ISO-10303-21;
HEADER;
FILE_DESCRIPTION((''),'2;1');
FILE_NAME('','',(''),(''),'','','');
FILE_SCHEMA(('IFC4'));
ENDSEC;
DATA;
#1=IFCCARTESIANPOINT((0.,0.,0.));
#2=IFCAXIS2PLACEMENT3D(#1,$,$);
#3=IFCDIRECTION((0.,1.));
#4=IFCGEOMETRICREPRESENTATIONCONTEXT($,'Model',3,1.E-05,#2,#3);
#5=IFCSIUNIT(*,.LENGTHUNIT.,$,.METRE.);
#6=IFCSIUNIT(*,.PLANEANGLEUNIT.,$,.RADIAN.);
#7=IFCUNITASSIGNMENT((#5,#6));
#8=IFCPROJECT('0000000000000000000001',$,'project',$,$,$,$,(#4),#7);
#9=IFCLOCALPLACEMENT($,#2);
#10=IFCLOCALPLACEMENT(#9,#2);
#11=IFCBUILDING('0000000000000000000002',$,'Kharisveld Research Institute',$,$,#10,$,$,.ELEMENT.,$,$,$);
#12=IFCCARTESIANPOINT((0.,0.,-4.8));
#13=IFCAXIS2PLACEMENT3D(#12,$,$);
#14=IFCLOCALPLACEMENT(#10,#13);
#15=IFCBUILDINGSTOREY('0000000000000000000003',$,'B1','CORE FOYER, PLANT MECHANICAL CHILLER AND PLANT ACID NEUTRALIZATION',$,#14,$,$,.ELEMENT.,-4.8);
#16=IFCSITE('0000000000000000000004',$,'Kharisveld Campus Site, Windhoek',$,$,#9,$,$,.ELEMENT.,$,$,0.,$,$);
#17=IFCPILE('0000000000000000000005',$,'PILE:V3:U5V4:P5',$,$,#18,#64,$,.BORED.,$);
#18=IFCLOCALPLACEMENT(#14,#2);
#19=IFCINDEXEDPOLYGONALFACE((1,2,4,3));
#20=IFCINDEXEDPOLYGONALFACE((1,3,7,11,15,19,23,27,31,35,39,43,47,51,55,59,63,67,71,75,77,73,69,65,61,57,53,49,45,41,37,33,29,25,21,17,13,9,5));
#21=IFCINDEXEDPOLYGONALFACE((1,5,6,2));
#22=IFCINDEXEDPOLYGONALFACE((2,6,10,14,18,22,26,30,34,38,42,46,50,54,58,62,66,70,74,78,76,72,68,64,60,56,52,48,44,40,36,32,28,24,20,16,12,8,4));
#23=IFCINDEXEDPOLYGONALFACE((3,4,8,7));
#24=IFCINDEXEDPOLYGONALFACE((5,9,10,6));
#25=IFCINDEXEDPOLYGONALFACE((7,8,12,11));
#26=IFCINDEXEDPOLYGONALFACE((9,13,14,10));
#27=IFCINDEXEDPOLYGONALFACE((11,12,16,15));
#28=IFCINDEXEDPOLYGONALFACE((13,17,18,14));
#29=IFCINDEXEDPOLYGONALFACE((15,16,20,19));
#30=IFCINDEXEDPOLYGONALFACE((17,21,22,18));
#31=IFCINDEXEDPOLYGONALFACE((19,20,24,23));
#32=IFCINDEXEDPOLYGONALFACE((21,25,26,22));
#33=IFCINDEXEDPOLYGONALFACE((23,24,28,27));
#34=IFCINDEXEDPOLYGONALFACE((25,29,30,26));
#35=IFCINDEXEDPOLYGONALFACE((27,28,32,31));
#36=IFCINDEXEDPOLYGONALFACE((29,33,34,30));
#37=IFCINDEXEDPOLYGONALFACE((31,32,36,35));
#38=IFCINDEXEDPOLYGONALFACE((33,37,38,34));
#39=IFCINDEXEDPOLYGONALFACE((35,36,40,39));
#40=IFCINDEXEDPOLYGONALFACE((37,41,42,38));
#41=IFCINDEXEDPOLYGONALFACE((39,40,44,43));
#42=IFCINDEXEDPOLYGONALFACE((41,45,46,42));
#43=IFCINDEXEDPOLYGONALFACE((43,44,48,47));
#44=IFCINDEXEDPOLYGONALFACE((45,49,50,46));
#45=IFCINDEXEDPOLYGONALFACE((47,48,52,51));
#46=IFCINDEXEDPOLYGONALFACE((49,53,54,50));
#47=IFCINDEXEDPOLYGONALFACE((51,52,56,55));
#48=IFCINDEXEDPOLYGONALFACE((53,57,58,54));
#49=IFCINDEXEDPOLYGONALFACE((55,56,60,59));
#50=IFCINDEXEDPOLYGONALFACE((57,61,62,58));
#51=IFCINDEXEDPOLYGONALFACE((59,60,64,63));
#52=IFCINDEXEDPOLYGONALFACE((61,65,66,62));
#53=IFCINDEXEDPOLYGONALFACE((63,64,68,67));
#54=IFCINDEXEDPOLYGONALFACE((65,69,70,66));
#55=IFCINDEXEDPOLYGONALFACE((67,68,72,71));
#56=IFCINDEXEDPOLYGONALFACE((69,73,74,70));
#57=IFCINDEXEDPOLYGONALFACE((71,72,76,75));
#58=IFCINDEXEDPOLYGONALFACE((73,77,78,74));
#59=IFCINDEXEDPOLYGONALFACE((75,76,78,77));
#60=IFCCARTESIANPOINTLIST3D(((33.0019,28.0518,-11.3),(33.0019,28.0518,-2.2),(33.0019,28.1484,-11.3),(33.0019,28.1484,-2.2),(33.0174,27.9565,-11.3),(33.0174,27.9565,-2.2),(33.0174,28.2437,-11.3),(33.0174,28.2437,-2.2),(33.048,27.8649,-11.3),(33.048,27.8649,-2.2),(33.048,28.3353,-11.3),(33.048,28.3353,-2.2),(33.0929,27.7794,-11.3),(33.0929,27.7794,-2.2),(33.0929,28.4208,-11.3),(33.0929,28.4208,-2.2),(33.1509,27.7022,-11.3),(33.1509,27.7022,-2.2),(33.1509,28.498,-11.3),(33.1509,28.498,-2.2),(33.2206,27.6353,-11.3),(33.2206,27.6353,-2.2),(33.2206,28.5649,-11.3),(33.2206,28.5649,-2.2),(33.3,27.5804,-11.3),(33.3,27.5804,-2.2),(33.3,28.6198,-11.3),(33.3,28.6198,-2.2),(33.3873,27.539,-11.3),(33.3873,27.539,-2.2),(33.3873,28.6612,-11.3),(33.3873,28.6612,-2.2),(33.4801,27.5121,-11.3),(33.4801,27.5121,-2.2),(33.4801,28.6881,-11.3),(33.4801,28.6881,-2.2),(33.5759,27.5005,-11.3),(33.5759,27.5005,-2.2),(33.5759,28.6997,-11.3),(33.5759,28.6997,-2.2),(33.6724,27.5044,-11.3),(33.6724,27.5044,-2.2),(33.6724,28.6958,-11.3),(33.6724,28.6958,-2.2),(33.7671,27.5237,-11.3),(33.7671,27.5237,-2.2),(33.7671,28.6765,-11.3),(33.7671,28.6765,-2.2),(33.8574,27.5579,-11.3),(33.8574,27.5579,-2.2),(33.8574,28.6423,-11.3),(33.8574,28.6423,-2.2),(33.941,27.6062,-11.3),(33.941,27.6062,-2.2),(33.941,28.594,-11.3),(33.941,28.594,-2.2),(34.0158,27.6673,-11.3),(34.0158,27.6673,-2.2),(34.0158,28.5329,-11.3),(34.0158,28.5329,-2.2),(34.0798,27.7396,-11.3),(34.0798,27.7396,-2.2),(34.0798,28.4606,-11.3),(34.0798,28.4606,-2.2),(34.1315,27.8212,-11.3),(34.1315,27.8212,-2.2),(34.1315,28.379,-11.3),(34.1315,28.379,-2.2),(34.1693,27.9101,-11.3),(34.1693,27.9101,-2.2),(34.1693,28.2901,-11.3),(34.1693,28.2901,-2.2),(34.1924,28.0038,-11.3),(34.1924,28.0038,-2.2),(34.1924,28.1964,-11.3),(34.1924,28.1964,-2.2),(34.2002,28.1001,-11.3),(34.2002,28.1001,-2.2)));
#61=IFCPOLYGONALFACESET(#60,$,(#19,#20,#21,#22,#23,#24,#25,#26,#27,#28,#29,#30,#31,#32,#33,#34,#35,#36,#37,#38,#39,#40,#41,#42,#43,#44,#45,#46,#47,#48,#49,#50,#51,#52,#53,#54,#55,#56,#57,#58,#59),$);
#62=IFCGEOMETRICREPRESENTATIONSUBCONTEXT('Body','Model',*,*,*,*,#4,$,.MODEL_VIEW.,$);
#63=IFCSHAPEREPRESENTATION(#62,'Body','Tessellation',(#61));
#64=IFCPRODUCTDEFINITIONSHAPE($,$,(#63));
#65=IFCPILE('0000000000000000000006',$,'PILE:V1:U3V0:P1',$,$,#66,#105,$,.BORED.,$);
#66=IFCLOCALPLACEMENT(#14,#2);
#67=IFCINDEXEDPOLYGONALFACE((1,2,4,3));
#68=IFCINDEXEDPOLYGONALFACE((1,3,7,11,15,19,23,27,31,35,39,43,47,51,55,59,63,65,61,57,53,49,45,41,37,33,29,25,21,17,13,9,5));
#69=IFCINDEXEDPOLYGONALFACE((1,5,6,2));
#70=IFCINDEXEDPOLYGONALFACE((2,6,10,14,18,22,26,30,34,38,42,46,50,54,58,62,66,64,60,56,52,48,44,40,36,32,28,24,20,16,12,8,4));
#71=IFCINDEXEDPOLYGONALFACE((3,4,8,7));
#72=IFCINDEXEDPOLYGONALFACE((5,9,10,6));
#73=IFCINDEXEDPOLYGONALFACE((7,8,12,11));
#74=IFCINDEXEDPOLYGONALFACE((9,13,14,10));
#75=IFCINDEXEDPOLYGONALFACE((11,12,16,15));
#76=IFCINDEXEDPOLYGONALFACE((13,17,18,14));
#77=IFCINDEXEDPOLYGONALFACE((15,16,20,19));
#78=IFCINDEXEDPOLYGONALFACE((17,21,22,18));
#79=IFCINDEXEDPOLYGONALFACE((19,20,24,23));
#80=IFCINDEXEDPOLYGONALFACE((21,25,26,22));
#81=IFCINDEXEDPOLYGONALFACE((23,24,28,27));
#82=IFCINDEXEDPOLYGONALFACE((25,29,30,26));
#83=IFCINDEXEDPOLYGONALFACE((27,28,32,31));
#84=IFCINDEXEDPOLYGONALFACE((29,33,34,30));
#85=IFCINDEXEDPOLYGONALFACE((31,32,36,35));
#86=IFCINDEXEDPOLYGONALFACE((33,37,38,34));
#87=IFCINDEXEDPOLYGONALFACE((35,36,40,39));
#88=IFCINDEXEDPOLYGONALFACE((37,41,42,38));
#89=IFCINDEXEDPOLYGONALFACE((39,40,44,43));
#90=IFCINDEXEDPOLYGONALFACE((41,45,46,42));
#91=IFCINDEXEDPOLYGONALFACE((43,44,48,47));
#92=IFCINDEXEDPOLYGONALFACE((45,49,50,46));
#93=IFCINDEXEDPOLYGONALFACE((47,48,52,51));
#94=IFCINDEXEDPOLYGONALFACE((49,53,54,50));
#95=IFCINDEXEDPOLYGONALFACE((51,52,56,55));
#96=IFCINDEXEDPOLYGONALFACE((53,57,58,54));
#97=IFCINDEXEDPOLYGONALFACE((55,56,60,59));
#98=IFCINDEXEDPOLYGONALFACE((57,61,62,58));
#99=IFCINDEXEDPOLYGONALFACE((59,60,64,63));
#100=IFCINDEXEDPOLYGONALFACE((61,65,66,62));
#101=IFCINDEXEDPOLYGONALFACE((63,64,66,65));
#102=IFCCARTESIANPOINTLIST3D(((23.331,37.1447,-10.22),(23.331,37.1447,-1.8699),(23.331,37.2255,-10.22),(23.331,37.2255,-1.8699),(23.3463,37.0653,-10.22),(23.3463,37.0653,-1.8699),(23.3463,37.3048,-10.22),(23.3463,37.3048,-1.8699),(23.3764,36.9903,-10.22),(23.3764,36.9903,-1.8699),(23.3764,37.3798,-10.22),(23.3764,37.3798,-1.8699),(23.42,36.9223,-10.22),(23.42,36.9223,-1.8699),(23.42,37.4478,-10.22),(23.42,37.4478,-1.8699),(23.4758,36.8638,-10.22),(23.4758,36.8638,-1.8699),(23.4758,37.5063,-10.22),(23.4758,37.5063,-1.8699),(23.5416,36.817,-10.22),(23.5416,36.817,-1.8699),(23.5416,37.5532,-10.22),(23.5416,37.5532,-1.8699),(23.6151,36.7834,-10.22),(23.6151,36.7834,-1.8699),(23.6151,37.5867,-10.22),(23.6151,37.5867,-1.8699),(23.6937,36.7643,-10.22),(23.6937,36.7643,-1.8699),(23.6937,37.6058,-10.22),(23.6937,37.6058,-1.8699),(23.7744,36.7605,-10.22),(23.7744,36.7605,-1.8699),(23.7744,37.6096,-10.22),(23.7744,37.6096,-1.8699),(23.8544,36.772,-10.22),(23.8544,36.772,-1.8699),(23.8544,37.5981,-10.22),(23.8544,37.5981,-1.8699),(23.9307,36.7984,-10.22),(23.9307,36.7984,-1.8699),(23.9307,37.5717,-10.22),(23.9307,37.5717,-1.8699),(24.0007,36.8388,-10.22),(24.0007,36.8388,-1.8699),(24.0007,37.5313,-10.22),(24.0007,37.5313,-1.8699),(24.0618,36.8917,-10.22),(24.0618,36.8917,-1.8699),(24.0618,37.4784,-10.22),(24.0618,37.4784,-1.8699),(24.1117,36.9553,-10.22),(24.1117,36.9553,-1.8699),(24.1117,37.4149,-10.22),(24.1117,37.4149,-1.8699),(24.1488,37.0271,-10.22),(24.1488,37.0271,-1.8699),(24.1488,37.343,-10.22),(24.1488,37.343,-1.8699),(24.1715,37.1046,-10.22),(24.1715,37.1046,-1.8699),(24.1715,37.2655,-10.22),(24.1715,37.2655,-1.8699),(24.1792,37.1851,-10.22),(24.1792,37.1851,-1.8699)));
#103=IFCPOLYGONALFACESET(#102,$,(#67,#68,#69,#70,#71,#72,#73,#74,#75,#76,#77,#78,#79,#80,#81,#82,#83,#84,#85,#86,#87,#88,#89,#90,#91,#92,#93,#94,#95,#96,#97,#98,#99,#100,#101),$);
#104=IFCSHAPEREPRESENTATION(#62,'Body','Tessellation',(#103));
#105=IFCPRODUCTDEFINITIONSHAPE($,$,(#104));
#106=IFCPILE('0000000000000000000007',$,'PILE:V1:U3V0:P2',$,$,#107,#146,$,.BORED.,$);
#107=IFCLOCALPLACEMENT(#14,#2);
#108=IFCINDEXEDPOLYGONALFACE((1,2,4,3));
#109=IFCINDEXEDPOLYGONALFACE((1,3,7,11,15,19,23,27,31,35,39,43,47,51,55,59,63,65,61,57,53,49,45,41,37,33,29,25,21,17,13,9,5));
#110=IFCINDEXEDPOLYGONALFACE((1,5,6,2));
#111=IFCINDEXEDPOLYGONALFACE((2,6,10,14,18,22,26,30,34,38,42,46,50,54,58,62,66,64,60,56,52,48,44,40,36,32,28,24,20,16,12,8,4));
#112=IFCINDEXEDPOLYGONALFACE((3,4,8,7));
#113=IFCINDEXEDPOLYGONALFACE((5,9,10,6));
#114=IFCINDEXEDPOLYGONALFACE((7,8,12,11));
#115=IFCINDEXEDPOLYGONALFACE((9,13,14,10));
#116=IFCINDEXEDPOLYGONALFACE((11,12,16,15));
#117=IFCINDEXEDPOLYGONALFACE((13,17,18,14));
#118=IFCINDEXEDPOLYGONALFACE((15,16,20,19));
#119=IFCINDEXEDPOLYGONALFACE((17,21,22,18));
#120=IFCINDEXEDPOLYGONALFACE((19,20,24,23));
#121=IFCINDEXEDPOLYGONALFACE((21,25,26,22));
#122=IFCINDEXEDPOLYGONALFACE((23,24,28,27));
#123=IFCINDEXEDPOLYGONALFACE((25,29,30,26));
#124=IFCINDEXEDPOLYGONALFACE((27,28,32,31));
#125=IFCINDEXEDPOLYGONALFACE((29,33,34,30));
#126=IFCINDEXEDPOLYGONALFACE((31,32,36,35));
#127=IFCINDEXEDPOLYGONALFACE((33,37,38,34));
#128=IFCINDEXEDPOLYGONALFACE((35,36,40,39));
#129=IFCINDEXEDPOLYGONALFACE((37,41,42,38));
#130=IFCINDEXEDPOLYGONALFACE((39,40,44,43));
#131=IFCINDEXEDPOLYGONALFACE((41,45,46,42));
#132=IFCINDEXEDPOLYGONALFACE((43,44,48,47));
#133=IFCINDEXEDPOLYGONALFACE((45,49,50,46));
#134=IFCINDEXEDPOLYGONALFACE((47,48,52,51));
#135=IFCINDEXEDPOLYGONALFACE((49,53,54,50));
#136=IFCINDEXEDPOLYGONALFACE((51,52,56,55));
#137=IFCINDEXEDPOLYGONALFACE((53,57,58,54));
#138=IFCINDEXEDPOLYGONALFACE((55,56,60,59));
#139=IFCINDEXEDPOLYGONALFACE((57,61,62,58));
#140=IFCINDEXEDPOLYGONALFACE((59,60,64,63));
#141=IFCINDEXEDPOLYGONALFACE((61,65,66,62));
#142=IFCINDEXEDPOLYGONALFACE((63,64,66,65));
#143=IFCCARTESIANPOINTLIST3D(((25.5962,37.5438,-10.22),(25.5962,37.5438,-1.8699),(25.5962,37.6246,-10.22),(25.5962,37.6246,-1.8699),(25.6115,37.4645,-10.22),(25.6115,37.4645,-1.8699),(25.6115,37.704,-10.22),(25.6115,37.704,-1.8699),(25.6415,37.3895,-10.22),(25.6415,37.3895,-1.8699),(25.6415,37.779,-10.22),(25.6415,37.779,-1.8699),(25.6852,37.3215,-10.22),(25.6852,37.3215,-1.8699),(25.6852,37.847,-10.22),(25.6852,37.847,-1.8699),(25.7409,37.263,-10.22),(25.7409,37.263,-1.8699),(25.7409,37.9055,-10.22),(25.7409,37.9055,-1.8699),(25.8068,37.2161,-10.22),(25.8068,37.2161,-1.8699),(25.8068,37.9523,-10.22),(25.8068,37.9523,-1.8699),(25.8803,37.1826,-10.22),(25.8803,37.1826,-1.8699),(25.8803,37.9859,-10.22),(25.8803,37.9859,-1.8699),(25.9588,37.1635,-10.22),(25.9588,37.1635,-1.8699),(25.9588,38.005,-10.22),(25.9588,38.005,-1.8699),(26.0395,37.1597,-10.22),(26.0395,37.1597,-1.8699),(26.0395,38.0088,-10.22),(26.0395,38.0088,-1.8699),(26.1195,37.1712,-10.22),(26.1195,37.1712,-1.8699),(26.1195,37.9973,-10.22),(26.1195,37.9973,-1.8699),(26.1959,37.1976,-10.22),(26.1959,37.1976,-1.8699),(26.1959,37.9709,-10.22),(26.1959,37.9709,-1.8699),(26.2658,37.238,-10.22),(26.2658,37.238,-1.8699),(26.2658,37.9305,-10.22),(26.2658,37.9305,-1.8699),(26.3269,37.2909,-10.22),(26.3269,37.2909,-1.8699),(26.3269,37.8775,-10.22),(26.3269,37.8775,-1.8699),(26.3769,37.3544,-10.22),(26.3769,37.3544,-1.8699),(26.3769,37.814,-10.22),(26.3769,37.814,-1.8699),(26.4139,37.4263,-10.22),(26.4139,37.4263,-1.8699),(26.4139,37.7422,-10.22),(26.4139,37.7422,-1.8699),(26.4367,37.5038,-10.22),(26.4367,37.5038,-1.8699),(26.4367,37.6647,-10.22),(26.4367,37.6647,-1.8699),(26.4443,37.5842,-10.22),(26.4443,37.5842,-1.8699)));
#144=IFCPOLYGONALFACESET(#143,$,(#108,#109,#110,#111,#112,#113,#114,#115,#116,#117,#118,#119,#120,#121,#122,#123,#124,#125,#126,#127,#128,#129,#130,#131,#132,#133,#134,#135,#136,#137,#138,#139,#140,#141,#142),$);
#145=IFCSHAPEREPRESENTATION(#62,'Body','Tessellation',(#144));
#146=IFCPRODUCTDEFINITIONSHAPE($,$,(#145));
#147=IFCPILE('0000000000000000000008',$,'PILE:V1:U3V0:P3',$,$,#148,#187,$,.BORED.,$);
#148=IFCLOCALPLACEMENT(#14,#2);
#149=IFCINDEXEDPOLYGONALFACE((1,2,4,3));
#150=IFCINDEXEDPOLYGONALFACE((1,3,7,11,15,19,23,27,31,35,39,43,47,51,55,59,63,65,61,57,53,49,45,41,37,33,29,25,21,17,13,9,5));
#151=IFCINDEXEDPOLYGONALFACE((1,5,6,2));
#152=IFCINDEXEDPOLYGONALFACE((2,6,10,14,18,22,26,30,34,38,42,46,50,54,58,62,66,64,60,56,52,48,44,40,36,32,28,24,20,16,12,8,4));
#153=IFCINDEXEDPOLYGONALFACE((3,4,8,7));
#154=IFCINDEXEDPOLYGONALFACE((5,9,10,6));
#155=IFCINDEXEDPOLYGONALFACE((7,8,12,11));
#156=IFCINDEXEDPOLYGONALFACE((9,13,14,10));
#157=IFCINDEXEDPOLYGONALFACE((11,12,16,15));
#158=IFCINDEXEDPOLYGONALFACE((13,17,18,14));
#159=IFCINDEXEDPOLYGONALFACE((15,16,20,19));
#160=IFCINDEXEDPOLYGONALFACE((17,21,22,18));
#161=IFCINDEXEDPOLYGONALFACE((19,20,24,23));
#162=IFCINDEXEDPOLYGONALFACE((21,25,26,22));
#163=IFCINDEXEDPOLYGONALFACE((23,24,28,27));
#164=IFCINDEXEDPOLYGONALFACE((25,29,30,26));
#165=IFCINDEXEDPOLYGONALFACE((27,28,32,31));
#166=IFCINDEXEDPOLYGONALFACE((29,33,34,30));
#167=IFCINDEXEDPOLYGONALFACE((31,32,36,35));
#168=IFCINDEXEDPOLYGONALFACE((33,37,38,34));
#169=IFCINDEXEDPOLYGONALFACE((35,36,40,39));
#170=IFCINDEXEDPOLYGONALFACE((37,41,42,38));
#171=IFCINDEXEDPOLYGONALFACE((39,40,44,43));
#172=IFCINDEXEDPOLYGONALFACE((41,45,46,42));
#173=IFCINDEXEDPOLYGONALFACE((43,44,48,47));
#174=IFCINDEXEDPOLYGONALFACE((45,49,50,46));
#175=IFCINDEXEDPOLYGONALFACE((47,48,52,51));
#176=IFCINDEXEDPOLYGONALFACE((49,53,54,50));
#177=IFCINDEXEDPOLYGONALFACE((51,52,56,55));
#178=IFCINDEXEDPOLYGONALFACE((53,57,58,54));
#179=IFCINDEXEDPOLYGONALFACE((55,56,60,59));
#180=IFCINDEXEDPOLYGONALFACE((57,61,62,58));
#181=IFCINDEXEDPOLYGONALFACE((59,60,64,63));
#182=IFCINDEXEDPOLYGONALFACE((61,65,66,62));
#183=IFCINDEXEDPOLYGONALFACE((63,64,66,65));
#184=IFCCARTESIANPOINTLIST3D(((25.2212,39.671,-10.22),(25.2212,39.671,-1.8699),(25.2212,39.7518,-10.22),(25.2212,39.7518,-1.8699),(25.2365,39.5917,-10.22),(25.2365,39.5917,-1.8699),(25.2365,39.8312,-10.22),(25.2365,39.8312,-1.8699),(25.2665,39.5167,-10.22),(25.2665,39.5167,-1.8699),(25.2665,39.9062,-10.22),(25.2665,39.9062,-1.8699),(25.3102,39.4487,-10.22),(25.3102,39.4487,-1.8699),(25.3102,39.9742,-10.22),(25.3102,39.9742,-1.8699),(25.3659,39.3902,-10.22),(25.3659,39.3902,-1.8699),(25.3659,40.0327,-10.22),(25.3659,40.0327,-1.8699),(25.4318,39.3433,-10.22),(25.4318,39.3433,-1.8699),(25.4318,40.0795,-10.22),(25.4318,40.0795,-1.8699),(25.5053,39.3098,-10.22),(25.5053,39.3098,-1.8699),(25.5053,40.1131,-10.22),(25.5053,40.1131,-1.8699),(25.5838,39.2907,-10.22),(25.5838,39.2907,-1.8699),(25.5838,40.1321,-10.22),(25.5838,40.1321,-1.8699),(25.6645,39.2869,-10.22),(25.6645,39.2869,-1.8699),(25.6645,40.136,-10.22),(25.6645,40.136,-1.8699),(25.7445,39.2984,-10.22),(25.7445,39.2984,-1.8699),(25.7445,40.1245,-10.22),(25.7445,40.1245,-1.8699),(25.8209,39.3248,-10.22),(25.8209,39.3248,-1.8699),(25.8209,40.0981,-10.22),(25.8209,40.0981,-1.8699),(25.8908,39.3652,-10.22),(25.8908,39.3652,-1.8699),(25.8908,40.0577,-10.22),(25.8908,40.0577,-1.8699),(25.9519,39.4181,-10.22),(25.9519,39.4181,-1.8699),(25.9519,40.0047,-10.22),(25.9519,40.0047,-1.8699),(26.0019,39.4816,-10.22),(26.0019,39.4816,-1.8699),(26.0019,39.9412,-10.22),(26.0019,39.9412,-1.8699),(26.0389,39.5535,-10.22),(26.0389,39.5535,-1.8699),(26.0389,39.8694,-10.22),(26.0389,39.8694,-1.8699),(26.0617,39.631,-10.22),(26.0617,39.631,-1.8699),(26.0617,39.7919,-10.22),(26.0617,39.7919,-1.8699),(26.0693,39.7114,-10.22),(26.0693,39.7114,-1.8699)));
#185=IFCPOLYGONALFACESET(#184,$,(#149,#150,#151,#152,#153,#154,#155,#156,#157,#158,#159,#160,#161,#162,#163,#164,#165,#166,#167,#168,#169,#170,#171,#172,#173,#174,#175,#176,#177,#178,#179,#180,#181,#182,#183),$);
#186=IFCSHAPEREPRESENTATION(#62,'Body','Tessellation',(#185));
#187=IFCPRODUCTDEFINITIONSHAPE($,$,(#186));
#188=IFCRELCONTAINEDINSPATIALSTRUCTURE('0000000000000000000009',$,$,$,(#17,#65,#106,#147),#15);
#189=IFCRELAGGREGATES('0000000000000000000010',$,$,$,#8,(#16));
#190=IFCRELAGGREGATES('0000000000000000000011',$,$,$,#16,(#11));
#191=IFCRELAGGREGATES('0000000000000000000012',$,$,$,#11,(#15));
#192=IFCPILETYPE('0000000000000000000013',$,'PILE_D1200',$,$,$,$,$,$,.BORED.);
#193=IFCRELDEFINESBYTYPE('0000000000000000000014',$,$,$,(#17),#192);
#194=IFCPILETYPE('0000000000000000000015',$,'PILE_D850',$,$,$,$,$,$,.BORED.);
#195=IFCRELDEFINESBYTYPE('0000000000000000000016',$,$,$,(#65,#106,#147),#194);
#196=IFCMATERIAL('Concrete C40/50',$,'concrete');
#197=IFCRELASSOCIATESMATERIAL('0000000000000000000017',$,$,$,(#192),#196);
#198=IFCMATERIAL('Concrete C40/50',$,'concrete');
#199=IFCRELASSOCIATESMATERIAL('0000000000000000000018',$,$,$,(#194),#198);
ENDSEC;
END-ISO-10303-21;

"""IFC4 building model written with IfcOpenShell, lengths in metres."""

from ifc_helpers import new_model, si_unit, direction, frame, origin, origin_2d, place, context, subcontext, project, spatial, circle, extrude, material, material_profile, profile_set, type_object, element, save


model = new_model("IFC4")

# Units and contexts
model_context = context("Model", 3, precision=1e-05, world=origin(), true_north=direction((0.0, 1.0)))
body_context = subcontext(model_context, "Body", "Model", "MODEL_VIEW")
ifc_project = project(units=[si_unit("LENGTHUNIT", "METRE"), si_unit("PLANEANGLEUNIT", "RADIAN")], contexts=[model_context])

# Site, building, storey
site_placement = place(None, origin())
site = spatial("IfcSite", under=ifc_project, at=site_placement, Name="Kharisveld Campus Site, Windhoek", CompositionType="ELEMENT", RefElevation=0.0)
building_placement = place(site_placement, origin())
building = spatial("IfcBuilding", under=site, at=building_placement, Name="Kharisveld Research Institute", CompositionType="ELEMENT")
storey_placement = place(building_placement, frame((0.0, 0.0, -4.8)))
storey = spatial("IfcBuildingStorey", under=building, at=storey_placement, Name="B1", Description="CORE FOYER, PLANT MECHANICAL CHILLER AND PLANT ACID NEUTRALIZATION", CompositionType="ELEMENT", Elevation=-4.8)

# Piles
ifc_material_1 = material(Name="Concrete C40/50", Category="concrete")
ifc_material_profile_1 = material_profile(ifc_material_1, circle(Radius=0.6001, at=origin_2d()))
ifc_profile_set_1 = profile_set([ifc_material_profile_1], Name="Concrete C40/50")
pile_type_1 = type_object("IfcPileType", Name="PILE_D1200", PredefinedType="BORED", material=ifc_profile_set_1)
for number, where, z_axis, x_axis, name in (
    (1, (33.6001, 28.1001, -2.2), (0.0, 0.0, -1.0), (1.0, 0.0, 0.0), "PILE:V3:U5V4:P5"),
):
    element("IfcPile", number, at=place(storey_placement, frame(where, z_axis=z_axis, x_axis=x_axis)), inside=storey, type_object=pile_type_1, Name=name, PredefinedType="BORED", context=body_context, shape_type="SweptSolid", body=[
        extrude(circle(Radius=0.6001, at=origin_2d()), origin(), (0.0, 0.0, 1.0), 9.1001),
    ])
ifc_material_2 = material(Name="Concrete C40/50", Category="concrete")
ifc_material_profile_2 = material_profile(ifc_material_2, circle(Radius=0.425, at=origin_2d()))
ifc_profile_set_2 = profile_set([ifc_material_profile_2], Name="Concrete C40/50")
pile_type_2 = type_object("IfcPileType", Name="PILE_D850", PredefinedType="BORED", material=ifc_profile_set_2)
for number, where, z_axis, x_axis, name in (
    (2, (23.7542, 37.1851, -1.8699), (0.0, 0.0, -1.0), (1.0, 0.0, 0.0), "PILE:V1:U3V0:P1"),
    (3, (26.0193, 37.5842, -1.8699), (0.0, 0.0, -1.0), (1.0, 0.0, 0.0), "PILE:V1:U3V0:P2"),
    (4, (25.6443, 39.7114, -1.8699), (0.0, 0.0, -1.0), (1.0, 0.0, 0.0), "PILE:V1:U3V0:P3"),
):
    element("IfcPile", number, at=place(storey_placement, frame(where, z_axis=z_axis, x_axis=x_axis)), inside=storey, type_object=pile_type_2, Name=name, PredefinedType="BORED", context=body_context, shape_type="SweptSolid", body=[
        extrude(circle(Radius=0.425, at=origin_2d()), origin(), (0.0, 0.0, 1.0), 8.3501),
    ])

save(model, "model.ifc")
